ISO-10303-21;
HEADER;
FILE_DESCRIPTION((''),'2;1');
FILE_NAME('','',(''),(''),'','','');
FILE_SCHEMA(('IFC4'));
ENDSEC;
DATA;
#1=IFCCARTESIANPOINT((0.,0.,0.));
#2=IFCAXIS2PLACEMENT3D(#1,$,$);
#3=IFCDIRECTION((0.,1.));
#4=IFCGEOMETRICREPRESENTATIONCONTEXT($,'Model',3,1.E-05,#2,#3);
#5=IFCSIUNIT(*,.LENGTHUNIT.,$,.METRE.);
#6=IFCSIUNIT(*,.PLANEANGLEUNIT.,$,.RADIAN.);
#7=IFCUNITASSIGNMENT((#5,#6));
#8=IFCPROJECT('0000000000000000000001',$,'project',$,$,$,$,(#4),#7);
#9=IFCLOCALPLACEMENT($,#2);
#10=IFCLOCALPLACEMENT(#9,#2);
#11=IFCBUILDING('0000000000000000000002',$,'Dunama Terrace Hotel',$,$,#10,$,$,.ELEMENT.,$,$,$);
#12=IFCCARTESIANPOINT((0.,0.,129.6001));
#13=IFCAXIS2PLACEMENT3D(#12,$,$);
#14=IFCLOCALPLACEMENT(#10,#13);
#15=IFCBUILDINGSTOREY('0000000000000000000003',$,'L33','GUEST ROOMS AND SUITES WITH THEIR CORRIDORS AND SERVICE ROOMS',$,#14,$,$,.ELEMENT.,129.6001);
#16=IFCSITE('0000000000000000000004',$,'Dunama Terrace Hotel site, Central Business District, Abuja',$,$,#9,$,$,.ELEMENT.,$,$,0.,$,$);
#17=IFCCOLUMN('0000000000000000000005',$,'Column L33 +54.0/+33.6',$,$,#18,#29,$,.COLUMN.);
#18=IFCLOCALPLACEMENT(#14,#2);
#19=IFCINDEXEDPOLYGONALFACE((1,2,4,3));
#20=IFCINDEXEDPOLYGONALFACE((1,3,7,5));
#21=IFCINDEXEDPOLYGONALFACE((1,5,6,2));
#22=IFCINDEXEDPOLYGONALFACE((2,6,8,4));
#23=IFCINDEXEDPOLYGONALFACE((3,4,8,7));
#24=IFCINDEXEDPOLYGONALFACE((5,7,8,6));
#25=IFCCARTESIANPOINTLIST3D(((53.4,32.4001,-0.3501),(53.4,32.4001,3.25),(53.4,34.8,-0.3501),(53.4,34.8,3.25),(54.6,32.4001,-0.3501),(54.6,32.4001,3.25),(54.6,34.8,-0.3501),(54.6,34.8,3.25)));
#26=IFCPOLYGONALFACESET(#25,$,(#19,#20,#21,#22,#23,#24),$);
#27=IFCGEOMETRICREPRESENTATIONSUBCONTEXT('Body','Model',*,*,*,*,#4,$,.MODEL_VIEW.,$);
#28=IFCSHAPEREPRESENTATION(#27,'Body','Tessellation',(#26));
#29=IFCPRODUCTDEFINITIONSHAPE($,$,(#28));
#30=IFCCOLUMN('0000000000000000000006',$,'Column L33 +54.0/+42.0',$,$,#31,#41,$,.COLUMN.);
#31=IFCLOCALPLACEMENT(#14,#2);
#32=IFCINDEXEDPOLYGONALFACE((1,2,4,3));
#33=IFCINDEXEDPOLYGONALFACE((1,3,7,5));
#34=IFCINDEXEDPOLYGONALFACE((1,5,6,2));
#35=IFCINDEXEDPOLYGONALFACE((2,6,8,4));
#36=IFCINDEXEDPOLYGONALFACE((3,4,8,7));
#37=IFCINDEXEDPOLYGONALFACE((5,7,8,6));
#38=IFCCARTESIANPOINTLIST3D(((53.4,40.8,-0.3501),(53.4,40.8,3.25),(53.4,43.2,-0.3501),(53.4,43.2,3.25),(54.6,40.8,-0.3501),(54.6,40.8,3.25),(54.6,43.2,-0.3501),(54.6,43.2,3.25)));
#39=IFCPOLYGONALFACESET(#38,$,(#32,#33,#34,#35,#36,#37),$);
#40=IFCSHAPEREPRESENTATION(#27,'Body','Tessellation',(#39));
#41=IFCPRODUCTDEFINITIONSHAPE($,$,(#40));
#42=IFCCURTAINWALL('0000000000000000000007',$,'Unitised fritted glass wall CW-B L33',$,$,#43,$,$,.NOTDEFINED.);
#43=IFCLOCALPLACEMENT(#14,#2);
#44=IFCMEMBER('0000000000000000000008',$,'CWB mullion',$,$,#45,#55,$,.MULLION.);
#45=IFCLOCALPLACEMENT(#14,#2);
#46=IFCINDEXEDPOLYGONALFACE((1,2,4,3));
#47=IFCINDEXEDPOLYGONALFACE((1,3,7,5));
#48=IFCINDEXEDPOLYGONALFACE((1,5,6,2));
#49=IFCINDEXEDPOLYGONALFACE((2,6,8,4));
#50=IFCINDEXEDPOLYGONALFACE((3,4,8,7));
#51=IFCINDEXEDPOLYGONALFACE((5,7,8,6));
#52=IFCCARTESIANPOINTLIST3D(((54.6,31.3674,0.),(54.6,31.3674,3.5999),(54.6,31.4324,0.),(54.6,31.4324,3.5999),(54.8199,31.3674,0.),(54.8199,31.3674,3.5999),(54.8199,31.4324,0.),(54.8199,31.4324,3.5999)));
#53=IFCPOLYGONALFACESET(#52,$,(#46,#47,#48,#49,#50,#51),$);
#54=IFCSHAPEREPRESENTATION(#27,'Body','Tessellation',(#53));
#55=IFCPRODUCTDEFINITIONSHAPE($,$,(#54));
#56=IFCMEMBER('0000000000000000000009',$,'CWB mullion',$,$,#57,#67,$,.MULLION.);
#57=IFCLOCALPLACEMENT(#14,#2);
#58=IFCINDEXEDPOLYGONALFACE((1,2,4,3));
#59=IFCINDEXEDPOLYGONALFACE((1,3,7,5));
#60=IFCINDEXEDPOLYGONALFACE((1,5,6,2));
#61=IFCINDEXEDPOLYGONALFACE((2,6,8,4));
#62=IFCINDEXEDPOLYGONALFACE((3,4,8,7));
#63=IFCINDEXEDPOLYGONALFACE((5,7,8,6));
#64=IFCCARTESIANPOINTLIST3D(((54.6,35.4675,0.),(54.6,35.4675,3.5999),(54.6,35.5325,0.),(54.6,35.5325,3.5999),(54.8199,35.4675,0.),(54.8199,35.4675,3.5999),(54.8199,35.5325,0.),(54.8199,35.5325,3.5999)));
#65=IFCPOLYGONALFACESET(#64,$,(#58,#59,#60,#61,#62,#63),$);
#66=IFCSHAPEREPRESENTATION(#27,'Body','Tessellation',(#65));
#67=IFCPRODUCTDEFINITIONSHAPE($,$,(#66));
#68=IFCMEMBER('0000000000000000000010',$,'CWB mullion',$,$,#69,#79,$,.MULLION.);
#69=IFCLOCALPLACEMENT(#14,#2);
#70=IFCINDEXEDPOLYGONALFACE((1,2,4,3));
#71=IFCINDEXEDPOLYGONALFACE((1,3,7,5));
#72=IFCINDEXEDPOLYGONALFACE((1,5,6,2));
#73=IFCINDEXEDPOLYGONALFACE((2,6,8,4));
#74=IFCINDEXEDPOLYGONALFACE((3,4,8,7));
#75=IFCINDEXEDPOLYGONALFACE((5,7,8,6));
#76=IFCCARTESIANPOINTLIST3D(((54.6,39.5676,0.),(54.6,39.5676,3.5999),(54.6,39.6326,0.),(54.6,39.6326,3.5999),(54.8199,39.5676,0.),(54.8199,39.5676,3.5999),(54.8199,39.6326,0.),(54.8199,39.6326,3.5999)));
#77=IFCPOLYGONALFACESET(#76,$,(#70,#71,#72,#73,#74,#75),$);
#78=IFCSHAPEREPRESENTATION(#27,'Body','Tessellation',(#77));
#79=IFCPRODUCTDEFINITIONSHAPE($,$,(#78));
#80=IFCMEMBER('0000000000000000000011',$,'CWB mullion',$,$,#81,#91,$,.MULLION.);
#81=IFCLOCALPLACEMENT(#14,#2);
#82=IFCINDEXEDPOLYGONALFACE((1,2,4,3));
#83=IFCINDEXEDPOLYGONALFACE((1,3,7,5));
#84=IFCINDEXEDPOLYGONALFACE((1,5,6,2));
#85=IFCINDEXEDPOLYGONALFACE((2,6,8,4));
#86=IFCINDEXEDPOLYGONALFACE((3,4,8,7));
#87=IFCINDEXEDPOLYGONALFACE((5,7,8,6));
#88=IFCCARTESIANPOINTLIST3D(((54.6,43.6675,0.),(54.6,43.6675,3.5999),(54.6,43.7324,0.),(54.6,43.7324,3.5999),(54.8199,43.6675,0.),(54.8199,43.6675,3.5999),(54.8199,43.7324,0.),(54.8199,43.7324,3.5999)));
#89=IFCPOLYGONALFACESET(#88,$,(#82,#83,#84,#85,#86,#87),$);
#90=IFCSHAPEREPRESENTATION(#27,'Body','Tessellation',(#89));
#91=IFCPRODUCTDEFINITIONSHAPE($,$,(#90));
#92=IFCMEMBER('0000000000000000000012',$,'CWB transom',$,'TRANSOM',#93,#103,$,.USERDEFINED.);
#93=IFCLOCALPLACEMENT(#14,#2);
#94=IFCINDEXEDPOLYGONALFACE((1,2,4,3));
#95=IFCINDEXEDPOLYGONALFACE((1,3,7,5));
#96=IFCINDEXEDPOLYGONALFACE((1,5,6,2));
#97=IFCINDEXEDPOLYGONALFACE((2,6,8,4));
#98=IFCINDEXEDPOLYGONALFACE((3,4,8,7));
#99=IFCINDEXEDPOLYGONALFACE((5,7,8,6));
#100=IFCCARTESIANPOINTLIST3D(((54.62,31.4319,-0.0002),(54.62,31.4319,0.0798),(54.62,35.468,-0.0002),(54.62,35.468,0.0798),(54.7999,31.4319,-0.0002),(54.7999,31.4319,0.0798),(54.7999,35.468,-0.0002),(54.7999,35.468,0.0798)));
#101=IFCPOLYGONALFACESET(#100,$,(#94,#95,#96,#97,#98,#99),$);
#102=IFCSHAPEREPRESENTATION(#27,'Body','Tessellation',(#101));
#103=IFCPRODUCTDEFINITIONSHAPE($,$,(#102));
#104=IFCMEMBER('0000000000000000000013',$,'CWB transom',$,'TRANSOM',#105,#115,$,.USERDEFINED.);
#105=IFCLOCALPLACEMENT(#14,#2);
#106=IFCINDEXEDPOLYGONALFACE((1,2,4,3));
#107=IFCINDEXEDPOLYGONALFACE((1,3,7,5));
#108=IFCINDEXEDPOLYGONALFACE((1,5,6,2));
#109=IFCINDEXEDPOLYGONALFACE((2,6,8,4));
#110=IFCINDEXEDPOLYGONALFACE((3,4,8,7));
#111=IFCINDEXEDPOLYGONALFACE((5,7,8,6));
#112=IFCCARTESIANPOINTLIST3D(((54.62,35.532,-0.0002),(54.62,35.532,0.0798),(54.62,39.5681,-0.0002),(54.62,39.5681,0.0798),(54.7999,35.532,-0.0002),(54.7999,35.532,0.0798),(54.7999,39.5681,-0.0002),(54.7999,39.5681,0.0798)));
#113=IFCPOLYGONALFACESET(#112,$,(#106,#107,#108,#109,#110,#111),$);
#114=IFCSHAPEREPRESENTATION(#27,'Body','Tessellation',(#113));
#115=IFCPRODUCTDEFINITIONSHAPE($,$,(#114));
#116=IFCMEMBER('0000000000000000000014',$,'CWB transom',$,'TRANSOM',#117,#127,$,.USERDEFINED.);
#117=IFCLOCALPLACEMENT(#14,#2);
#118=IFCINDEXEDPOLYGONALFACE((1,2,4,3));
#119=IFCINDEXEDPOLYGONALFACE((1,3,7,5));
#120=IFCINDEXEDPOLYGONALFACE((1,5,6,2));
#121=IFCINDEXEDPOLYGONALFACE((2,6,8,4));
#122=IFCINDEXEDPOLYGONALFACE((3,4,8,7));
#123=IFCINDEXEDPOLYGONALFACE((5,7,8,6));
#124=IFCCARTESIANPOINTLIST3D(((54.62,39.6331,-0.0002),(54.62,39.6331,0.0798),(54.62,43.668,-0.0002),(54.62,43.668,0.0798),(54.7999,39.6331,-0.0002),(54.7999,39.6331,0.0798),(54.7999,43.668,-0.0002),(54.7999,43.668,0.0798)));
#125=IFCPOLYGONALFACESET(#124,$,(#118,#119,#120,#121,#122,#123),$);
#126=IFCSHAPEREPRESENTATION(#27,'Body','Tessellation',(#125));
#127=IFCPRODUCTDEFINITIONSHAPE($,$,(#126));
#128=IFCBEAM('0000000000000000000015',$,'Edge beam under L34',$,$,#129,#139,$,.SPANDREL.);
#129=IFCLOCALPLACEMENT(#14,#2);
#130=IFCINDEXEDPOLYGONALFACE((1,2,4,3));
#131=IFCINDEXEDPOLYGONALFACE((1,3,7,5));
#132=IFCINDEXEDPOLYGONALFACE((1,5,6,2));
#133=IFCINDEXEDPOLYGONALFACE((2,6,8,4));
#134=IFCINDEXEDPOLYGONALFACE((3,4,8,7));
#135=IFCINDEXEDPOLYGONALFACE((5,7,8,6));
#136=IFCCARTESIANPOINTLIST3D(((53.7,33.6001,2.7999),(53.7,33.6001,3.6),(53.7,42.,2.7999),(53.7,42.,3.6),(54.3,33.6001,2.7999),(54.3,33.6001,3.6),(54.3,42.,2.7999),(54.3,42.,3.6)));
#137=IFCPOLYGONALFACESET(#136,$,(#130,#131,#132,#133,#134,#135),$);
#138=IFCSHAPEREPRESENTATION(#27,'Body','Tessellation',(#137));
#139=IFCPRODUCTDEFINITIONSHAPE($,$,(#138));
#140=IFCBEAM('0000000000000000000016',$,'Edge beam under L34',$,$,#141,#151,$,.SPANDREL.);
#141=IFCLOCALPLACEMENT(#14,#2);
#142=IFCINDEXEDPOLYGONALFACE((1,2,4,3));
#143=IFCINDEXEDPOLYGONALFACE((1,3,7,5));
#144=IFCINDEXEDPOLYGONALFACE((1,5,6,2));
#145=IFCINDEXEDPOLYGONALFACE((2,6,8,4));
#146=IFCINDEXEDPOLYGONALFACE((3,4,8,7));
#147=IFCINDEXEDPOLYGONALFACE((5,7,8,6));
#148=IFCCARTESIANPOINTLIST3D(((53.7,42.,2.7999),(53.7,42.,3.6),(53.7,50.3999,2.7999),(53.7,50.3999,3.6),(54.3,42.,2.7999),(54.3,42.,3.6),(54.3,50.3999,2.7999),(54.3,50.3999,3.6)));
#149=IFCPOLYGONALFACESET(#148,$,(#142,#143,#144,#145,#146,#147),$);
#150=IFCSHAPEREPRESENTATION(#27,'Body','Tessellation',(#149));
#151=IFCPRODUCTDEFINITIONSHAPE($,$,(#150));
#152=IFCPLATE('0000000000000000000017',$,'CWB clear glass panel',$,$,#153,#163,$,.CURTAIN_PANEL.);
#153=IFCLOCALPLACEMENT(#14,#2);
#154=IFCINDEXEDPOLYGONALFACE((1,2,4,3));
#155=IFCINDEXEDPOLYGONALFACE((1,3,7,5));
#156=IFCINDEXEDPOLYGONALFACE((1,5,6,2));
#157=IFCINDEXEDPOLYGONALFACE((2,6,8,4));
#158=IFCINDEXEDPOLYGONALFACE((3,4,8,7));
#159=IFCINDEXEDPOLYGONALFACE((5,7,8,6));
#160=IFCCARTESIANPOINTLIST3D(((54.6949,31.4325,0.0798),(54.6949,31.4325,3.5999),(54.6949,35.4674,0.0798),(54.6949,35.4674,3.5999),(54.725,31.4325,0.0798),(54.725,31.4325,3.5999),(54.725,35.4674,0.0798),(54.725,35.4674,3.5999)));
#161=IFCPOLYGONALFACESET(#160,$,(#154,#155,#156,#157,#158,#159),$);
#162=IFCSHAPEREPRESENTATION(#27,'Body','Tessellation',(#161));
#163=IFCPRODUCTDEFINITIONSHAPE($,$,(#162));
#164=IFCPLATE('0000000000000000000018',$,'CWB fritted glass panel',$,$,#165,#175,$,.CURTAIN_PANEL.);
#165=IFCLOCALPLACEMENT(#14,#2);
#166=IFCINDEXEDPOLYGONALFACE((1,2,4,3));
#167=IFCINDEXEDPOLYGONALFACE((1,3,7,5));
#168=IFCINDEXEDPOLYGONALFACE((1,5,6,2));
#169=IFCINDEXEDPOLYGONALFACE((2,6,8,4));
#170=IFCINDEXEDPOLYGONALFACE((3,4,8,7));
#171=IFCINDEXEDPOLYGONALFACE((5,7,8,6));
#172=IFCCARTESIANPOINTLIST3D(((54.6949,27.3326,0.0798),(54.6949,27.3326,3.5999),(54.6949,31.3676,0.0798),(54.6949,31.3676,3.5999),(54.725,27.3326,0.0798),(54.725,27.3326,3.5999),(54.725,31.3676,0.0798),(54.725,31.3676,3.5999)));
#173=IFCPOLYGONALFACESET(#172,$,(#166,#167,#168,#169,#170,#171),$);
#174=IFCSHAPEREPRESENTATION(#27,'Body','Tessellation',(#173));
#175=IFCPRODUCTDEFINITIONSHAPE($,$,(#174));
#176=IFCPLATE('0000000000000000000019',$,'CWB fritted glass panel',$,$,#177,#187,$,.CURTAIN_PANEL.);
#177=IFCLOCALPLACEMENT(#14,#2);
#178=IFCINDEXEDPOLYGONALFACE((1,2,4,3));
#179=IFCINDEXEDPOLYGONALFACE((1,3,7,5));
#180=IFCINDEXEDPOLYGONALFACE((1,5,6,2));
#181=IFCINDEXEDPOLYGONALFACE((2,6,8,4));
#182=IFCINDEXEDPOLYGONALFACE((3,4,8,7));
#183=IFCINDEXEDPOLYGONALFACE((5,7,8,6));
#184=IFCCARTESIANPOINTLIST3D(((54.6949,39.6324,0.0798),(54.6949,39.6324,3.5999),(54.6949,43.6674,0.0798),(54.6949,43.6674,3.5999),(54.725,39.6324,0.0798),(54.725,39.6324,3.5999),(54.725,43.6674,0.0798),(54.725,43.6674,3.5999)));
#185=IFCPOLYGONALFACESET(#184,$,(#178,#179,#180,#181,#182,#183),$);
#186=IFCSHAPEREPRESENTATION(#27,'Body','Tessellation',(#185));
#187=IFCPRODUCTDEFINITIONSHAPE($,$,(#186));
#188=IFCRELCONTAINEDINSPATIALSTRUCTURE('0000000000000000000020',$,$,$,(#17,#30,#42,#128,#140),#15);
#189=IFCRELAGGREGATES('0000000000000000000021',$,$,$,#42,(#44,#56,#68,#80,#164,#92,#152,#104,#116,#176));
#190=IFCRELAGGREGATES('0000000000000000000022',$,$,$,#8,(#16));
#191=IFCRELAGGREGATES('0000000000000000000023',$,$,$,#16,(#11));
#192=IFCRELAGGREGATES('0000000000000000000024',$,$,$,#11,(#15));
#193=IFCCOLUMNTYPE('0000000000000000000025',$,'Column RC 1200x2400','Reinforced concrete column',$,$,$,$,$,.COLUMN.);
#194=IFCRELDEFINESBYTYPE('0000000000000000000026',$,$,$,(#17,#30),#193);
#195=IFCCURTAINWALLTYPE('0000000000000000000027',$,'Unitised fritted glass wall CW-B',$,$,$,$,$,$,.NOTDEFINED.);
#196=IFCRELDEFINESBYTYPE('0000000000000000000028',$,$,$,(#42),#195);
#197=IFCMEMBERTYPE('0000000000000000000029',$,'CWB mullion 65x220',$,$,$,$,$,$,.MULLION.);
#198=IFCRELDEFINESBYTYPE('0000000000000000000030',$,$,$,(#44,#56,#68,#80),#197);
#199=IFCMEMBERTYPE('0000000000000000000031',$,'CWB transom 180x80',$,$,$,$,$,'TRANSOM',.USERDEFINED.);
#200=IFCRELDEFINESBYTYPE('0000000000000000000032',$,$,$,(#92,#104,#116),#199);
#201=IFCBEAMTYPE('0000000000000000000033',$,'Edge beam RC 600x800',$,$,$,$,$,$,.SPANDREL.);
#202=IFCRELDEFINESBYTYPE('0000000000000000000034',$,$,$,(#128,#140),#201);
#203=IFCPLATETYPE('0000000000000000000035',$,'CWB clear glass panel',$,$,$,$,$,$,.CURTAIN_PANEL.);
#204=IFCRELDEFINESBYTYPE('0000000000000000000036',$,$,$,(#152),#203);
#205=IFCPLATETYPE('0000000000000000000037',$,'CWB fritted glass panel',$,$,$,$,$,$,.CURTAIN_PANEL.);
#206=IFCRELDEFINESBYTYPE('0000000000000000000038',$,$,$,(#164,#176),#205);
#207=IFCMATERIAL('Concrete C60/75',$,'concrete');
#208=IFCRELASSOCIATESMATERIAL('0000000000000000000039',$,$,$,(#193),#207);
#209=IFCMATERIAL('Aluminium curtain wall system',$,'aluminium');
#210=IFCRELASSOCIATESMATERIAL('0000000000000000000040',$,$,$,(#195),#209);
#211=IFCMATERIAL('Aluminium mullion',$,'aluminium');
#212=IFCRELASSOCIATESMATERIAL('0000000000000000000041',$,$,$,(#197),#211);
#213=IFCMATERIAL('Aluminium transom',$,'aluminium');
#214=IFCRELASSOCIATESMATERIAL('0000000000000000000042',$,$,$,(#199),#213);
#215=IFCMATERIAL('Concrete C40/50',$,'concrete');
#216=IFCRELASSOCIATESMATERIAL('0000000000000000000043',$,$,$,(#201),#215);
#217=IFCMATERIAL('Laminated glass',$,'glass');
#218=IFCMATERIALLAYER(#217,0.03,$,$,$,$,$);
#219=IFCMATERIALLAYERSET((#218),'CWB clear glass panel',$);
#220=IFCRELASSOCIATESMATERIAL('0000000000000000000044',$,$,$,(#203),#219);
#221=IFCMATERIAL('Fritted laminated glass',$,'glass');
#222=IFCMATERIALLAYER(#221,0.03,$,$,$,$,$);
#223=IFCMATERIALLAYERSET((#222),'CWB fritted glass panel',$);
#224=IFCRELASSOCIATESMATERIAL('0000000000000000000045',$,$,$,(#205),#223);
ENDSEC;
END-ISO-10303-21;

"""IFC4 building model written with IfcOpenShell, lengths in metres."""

from ifc_helpers import new_model, si_unit, direction, frame, origin, origin_2d, place, context, subcontext, project, spatial, rectangle, extrude, material, layer, layer_set, material_profile, profile_set, type_object, element, aggregate, save


model = new_model("IFC4")

# Units and contexts
model_context = context("Model", 3, precision=1e-05, world=origin(), true_north=direction((0.0, 1.0)))
body_context = subcontext(model_context, "Body", "Model", "MODEL_VIEW")
ifc_project = project(units=[si_unit("LENGTHUNIT", "METRE"), si_unit("PLANEANGLEUNIT", "RADIAN")], contexts=[model_context])

# Site, building, storey
site_placement = place(None, origin())
site = spatial("IfcSite", under=ifc_project, at=site_placement, Name="Dunama Terrace Hotel site, Central Business District, Abuja", CompositionType="ELEMENT", RefElevation=0.0)
building_placement = place(site_placement, origin())
building = spatial("IfcBuilding", under=site, at=building_placement, Name="Dunama Terrace Hotel", CompositionType="ELEMENT")
storey_placement = place(building_placement, frame((0.0, 0.0, 129.6001)))
storey = spatial("IfcBuildingStorey", under=building, at=storey_placement, Name="L33", Description="GUEST ROOMS AND SUITES WITH THEIR CORRIDORS AND SERVICE ROOMS", CompositionType="ELEMENT", Elevation=129.6001)

# Columns
ifc_material_1 = material(Name="Concrete C60/75", Category="concrete")
ifc_material_profile_1 = material_profile(ifc_material_1, rectangle(XDim=1.2, YDim=2.3999, at=origin_2d()), Name="RC 1200x2400")
ifc_profile_set_1 = profile_set([ifc_material_profile_1], Name="Concrete C60/75")
column_type = type_object("IfcColumnType", Name="Column RC 1200x2400", Description="Reinforced concrete column", PredefinedType="COLUMN", material=ifc_profile_set_1)
for number, where, z_axis, x_axis, name in (
    (1, (54.0, 33.6001, -0.3501), (0.0, 0.0, 1.0), (1.0, 0.0, 0.0), "Column L33 +54.0/+33.6"),
    (2, (54.0, 42.0, -0.3501), (0.0, 0.0, 1.0), (1.0, 0.0, 0.0), "Column L33 +54.0/+42.0"),
):
    element("IfcColumn", number, at=place(storey_placement, frame(where, z_axis=z_axis, x_axis=x_axis)), inside=storey, type_object=column_type, Name=name, PredefinedType="COLUMN", context=body_context, shape_type="SweptSolid", body=[
        extrude(rectangle(XDim=1.2, YDim=2.3999, at=origin_2d()), origin(), (0.0, 0.0, 1.0), 3.6001),
    ])

# Curtain wall, members
ifc_material_2 = material(Name="Aluminium curtain wall system", Category="aluminium")
curtain_wall_type = type_object("IfcCurtainWallType", Name="Unitised fritted glass wall CW-B", PredefinedType="NOTDEFINED", material=ifc_material_2)
curtain_wall_placement = place(storey_placement, origin())
curtain_wall = element("IfcCurtainWall", 3, at=curtain_wall_placement, inside=storey, type_object=curtain_wall_type, Name="Unitised fritted glass wall CW-B L33", PredefinedType="NOTDEFINED")
ifc_material_3 = material(Name="Aluminium mullion", Category="aluminium")
ifc_material_profile_2 = material_profile(ifc_material_3, rectangle(XDim=0.0649, YDim=0.22, at=origin_2d()), Name="CWB MULLION 65X220")
ifc_profile_set_2 = profile_set([ifc_material_profile_2], Name="Aluminium mullion")
member_type_1 = type_object("IfcMemberType", Name="CWB mullion 65x220", PredefinedType="MULLION", material=ifc_profile_set_2)
member_1_placement = place(storey_placement, frame((54.71, 31.3999, 0.0), z_axis=(0.0, 0.0, 1.0), x_axis=(0.0, 1.0, 0.0)))
member_1 = element("IfcMember", 4, at=member_1_placement, type_object=member_type_1, Name="CWB mullion", PredefinedType="MULLION", context=body_context, shape_type="SweptSolid", body=[
    extrude(rectangle(XDim=0.0649, YDim=0.22, at=origin_2d()), origin(), (0.0, 0.0, 1.0), 3.5999),
])
member_2_placement = place(storey_placement, frame((54.71, 35.5, 0.0), z_axis=(0.0, 0.0, 1.0), x_axis=(0.0, 1.0, 0.0)))
member_2 = element("IfcMember", 5, at=member_2_placement, type_object=member_type_1, Name="CWB mullion", PredefinedType="MULLION", context=body_context, shape_type="SweptSolid", body=[
    extrude(rectangle(XDim=0.0649, YDim=0.22, at=origin_2d()), origin(), (0.0, 0.0, 1.0), 3.5999),
])
member_3_placement = place(storey_placement, frame((54.71, 39.6001, 0.0), z_axis=(0.0, 0.0, 1.0), x_axis=(0.0, 1.0, 0.0)))
member_3 = element("IfcMember", 6, at=member_3_placement, type_object=member_type_1, Name="CWB mullion", PredefinedType="MULLION", context=body_context, shape_type="SweptSolid", body=[
    extrude(rectangle(XDim=0.0649, YDim=0.22, at=origin_2d()), origin(), (0.0, 0.0, 1.0), 3.5999),
])
member_4_placement = place(storey_placement, frame((54.71, 43.7, 0.0), z_axis=(0.0, 0.0, 1.0), x_axis=(0.0, 1.0, 0.0)))
member_4 = element("IfcMember", 7, at=member_4_placement, type_object=member_type_1, Name="CWB mullion", PredefinedType="MULLION", context=body_context, shape_type="SweptSolid", body=[
    extrude(rectangle(XDim=0.0649, YDim=0.22, at=origin_2d()), origin(), (0.0, 0.0, 1.0), 3.5999),
])
ifc_material_4 = material(Name="Aluminium transom", Category="aluminium")
ifc_material_profile_3 = material_profile(ifc_material_4, rectangle(XDim=0.1799, YDim=0.0801, at=origin_2d()), Name="CWB TRANSOM 180X80")
ifc_profile_set_3 = profile_set([ifc_material_profile_3], Name="Aluminium transom")
member_type_2 = type_object("IfcMemberType", Name="CWB transom 180x80", ElementType="TRANSOM", PredefinedType="USERDEFINED", material=ifc_profile_set_3)
member_5_placement = place(storey_placement, frame((54.71, 31.4319, 0.0398), z_axis=(0.0, 1.0, 0.0), x_axis=(-1.0, 0.0, 0.0)))
member_5 = element("IfcMember", 8, at=member_5_placement, type_object=member_type_2, Name="CWB transom", ObjectType="TRANSOM", PredefinedType="USERDEFINED", context=body_context, shape_type="SweptSolid", body=[
    extrude(rectangle(XDim=0.1799, YDim=0.0801, at=origin_2d()), origin(), (0.0, 0.0, 1.0), 4.0361),
])
member_6_placement = place(storey_placement, frame((54.71, 35.532, 0.0398), z_axis=(0.0, 1.0, 0.0), x_axis=(-1.0, 0.0, 0.0)))
member_6 = element("IfcMember", 9, at=member_6_placement, type_object=member_type_2, Name="CWB transom", ObjectType="TRANSOM", PredefinedType="USERDEFINED", context=body_context, shape_type="SweptSolid", body=[
    extrude(rectangle(XDim=0.1799, YDim=0.0801, at=origin_2d()), origin(), (0.0, 0.0, 1.0), 4.0361),
])
member_7_placement = place(storey_placement, frame((54.71, 39.6331, 0.0398), z_axis=(0.0, 1.0, 0.0), x_axis=(-1.0, 0.0, 0.0)))
member_7 = element("IfcMember", 10, at=member_7_placement, type_object=member_type_2, Name="CWB transom", ObjectType="TRANSOM", PredefinedType="USERDEFINED", context=body_context, shape_type="SweptSolid", body=[
    extrude(rectangle(XDim=0.1799, YDim=0.0801, at=origin_2d()), origin(), (0.0, 0.0, 1.0), 4.0349),
])

# Beams
ifc_material_5 = material(Name="Concrete C40/50", Category="concrete")
ifc_material_profile_4 = material_profile(ifc_material_5, rectangle(XDim=0.6001, YDim=0.8, at=origin_2d()), Name="RC 600x800")
ifc_profile_set_4 = profile_set([ifc_material_profile_4], Name="Concrete C40/50")
beam_type = type_object("IfcBeamType", Name="Edge beam RC 600x800", PredefinedType="SPANDREL", material=ifc_profile_set_4)
for number, where, z_axis, x_axis, name in (
    (11, (54.0, 33.6001, 3.2), (0.0, 1.0, 0.0), (-1.0, 0.0, 0.0), "Edge beam under L34"),
    (12, (54.0, 42.0, 3.2), (0.0, 1.0, 0.0), (-1.0, 0.0, 0.0), "Edge beam under L34"),
):
    element("IfcBeam", number, at=place(storey_placement, frame(where, z_axis=z_axis, x_axis=x_axis)), inside=storey, type_object=beam_type, Name=name, PredefinedType="SPANDREL", context=body_context, shape_type="SweptSolid", body=[
        extrude(rectangle(XDim=0.6001, YDim=0.8, at=origin_2d()), origin(), (0.0, 0.0, 1.0), 8.3999),
    ])

# Plates
ifc_material_6 = material(Name="Laminated glass", Category="glass")
ifc_layer_1 = layer(ifc_material_6, 0.03)
ifc_layer_set_1 = layer_set([ifc_layer_1], Name="CWB clear glass panel")
plate_type_1 = type_object("IfcPlateType", Name="CWB clear glass panel", PredefinedType="CURTAIN_PANEL", material=ifc_layer_set_1)
plate_1_placement = place(storey_placement, frame((54.71, 33.45, 0.0798), z_axis=(0.0, 0.0, 1.0), x_axis=(0.0, 1.0, 0.0)))
plate_1 = element("IfcPlate", 13, at=plate_1_placement, type_object=plate_type_1, Name="CWB clear glass panel", PredefinedType="CURTAIN_PANEL", context=body_context, shape_type="SweptSolid", body=[
    extrude(rectangle(XDim=4.0349, YDim=0.03, at=origin_2d()), origin(), (0.0, 0.0, 1.0), 3.52),
])
ifc_material_7 = material(Name="Fritted laminated glass", Category="glass")
ifc_layer_2 = layer(ifc_material_7, 0.03)
ifc_layer_set_2 = layer_set([ifc_layer_2], Name="CWB fritted glass panel")
plate_type_2 = type_object("IfcPlateType", Name="CWB fritted glass panel", PredefinedType="CURTAIN_PANEL", material=ifc_layer_set_2)
plate_2_placement = place(storey_placement, frame((54.71, 29.3501, 0.0798), z_axis=(0.0, 0.0, 1.0), x_axis=(0.0, 1.0, 0.0)))
plate_2 = element("IfcPlate", 14, at=plate_2_placement, type_object=plate_type_2, Name="CWB fritted glass panel", PredefinedType="CURTAIN_PANEL", context=body_context, shape_type="SweptSolid", body=[
    extrude(rectangle(XDim=4.0349, YDim=0.03, at=origin_2d()), origin(), (0.0, 0.0, 1.0), 3.52),
])
plate_3_placement = place(storey_placement, frame((54.71, 41.6499, 0.0798), z_axis=(0.0, 0.0, 1.0), x_axis=(0.0, 1.0, 0.0)))
plate_3 = element("IfcPlate", 15, at=plate_3_placement, type_object=plate_type_2, Name="CWB fritted glass panel", PredefinedType="CURTAIN_PANEL", context=body_context, shape_type="SweptSolid", body=[
    extrude(rectangle(XDim=4.0349, YDim=0.03, at=origin_2d()), origin(), (0.0, 0.0, 1.0), 3.52),
])
aggregate(curtain_wall, [member_1, member_2, member_3, member_4, plate_2, member_5, plate_1, member_6, member_7, plate_3])

save(model, "model.ifc")
